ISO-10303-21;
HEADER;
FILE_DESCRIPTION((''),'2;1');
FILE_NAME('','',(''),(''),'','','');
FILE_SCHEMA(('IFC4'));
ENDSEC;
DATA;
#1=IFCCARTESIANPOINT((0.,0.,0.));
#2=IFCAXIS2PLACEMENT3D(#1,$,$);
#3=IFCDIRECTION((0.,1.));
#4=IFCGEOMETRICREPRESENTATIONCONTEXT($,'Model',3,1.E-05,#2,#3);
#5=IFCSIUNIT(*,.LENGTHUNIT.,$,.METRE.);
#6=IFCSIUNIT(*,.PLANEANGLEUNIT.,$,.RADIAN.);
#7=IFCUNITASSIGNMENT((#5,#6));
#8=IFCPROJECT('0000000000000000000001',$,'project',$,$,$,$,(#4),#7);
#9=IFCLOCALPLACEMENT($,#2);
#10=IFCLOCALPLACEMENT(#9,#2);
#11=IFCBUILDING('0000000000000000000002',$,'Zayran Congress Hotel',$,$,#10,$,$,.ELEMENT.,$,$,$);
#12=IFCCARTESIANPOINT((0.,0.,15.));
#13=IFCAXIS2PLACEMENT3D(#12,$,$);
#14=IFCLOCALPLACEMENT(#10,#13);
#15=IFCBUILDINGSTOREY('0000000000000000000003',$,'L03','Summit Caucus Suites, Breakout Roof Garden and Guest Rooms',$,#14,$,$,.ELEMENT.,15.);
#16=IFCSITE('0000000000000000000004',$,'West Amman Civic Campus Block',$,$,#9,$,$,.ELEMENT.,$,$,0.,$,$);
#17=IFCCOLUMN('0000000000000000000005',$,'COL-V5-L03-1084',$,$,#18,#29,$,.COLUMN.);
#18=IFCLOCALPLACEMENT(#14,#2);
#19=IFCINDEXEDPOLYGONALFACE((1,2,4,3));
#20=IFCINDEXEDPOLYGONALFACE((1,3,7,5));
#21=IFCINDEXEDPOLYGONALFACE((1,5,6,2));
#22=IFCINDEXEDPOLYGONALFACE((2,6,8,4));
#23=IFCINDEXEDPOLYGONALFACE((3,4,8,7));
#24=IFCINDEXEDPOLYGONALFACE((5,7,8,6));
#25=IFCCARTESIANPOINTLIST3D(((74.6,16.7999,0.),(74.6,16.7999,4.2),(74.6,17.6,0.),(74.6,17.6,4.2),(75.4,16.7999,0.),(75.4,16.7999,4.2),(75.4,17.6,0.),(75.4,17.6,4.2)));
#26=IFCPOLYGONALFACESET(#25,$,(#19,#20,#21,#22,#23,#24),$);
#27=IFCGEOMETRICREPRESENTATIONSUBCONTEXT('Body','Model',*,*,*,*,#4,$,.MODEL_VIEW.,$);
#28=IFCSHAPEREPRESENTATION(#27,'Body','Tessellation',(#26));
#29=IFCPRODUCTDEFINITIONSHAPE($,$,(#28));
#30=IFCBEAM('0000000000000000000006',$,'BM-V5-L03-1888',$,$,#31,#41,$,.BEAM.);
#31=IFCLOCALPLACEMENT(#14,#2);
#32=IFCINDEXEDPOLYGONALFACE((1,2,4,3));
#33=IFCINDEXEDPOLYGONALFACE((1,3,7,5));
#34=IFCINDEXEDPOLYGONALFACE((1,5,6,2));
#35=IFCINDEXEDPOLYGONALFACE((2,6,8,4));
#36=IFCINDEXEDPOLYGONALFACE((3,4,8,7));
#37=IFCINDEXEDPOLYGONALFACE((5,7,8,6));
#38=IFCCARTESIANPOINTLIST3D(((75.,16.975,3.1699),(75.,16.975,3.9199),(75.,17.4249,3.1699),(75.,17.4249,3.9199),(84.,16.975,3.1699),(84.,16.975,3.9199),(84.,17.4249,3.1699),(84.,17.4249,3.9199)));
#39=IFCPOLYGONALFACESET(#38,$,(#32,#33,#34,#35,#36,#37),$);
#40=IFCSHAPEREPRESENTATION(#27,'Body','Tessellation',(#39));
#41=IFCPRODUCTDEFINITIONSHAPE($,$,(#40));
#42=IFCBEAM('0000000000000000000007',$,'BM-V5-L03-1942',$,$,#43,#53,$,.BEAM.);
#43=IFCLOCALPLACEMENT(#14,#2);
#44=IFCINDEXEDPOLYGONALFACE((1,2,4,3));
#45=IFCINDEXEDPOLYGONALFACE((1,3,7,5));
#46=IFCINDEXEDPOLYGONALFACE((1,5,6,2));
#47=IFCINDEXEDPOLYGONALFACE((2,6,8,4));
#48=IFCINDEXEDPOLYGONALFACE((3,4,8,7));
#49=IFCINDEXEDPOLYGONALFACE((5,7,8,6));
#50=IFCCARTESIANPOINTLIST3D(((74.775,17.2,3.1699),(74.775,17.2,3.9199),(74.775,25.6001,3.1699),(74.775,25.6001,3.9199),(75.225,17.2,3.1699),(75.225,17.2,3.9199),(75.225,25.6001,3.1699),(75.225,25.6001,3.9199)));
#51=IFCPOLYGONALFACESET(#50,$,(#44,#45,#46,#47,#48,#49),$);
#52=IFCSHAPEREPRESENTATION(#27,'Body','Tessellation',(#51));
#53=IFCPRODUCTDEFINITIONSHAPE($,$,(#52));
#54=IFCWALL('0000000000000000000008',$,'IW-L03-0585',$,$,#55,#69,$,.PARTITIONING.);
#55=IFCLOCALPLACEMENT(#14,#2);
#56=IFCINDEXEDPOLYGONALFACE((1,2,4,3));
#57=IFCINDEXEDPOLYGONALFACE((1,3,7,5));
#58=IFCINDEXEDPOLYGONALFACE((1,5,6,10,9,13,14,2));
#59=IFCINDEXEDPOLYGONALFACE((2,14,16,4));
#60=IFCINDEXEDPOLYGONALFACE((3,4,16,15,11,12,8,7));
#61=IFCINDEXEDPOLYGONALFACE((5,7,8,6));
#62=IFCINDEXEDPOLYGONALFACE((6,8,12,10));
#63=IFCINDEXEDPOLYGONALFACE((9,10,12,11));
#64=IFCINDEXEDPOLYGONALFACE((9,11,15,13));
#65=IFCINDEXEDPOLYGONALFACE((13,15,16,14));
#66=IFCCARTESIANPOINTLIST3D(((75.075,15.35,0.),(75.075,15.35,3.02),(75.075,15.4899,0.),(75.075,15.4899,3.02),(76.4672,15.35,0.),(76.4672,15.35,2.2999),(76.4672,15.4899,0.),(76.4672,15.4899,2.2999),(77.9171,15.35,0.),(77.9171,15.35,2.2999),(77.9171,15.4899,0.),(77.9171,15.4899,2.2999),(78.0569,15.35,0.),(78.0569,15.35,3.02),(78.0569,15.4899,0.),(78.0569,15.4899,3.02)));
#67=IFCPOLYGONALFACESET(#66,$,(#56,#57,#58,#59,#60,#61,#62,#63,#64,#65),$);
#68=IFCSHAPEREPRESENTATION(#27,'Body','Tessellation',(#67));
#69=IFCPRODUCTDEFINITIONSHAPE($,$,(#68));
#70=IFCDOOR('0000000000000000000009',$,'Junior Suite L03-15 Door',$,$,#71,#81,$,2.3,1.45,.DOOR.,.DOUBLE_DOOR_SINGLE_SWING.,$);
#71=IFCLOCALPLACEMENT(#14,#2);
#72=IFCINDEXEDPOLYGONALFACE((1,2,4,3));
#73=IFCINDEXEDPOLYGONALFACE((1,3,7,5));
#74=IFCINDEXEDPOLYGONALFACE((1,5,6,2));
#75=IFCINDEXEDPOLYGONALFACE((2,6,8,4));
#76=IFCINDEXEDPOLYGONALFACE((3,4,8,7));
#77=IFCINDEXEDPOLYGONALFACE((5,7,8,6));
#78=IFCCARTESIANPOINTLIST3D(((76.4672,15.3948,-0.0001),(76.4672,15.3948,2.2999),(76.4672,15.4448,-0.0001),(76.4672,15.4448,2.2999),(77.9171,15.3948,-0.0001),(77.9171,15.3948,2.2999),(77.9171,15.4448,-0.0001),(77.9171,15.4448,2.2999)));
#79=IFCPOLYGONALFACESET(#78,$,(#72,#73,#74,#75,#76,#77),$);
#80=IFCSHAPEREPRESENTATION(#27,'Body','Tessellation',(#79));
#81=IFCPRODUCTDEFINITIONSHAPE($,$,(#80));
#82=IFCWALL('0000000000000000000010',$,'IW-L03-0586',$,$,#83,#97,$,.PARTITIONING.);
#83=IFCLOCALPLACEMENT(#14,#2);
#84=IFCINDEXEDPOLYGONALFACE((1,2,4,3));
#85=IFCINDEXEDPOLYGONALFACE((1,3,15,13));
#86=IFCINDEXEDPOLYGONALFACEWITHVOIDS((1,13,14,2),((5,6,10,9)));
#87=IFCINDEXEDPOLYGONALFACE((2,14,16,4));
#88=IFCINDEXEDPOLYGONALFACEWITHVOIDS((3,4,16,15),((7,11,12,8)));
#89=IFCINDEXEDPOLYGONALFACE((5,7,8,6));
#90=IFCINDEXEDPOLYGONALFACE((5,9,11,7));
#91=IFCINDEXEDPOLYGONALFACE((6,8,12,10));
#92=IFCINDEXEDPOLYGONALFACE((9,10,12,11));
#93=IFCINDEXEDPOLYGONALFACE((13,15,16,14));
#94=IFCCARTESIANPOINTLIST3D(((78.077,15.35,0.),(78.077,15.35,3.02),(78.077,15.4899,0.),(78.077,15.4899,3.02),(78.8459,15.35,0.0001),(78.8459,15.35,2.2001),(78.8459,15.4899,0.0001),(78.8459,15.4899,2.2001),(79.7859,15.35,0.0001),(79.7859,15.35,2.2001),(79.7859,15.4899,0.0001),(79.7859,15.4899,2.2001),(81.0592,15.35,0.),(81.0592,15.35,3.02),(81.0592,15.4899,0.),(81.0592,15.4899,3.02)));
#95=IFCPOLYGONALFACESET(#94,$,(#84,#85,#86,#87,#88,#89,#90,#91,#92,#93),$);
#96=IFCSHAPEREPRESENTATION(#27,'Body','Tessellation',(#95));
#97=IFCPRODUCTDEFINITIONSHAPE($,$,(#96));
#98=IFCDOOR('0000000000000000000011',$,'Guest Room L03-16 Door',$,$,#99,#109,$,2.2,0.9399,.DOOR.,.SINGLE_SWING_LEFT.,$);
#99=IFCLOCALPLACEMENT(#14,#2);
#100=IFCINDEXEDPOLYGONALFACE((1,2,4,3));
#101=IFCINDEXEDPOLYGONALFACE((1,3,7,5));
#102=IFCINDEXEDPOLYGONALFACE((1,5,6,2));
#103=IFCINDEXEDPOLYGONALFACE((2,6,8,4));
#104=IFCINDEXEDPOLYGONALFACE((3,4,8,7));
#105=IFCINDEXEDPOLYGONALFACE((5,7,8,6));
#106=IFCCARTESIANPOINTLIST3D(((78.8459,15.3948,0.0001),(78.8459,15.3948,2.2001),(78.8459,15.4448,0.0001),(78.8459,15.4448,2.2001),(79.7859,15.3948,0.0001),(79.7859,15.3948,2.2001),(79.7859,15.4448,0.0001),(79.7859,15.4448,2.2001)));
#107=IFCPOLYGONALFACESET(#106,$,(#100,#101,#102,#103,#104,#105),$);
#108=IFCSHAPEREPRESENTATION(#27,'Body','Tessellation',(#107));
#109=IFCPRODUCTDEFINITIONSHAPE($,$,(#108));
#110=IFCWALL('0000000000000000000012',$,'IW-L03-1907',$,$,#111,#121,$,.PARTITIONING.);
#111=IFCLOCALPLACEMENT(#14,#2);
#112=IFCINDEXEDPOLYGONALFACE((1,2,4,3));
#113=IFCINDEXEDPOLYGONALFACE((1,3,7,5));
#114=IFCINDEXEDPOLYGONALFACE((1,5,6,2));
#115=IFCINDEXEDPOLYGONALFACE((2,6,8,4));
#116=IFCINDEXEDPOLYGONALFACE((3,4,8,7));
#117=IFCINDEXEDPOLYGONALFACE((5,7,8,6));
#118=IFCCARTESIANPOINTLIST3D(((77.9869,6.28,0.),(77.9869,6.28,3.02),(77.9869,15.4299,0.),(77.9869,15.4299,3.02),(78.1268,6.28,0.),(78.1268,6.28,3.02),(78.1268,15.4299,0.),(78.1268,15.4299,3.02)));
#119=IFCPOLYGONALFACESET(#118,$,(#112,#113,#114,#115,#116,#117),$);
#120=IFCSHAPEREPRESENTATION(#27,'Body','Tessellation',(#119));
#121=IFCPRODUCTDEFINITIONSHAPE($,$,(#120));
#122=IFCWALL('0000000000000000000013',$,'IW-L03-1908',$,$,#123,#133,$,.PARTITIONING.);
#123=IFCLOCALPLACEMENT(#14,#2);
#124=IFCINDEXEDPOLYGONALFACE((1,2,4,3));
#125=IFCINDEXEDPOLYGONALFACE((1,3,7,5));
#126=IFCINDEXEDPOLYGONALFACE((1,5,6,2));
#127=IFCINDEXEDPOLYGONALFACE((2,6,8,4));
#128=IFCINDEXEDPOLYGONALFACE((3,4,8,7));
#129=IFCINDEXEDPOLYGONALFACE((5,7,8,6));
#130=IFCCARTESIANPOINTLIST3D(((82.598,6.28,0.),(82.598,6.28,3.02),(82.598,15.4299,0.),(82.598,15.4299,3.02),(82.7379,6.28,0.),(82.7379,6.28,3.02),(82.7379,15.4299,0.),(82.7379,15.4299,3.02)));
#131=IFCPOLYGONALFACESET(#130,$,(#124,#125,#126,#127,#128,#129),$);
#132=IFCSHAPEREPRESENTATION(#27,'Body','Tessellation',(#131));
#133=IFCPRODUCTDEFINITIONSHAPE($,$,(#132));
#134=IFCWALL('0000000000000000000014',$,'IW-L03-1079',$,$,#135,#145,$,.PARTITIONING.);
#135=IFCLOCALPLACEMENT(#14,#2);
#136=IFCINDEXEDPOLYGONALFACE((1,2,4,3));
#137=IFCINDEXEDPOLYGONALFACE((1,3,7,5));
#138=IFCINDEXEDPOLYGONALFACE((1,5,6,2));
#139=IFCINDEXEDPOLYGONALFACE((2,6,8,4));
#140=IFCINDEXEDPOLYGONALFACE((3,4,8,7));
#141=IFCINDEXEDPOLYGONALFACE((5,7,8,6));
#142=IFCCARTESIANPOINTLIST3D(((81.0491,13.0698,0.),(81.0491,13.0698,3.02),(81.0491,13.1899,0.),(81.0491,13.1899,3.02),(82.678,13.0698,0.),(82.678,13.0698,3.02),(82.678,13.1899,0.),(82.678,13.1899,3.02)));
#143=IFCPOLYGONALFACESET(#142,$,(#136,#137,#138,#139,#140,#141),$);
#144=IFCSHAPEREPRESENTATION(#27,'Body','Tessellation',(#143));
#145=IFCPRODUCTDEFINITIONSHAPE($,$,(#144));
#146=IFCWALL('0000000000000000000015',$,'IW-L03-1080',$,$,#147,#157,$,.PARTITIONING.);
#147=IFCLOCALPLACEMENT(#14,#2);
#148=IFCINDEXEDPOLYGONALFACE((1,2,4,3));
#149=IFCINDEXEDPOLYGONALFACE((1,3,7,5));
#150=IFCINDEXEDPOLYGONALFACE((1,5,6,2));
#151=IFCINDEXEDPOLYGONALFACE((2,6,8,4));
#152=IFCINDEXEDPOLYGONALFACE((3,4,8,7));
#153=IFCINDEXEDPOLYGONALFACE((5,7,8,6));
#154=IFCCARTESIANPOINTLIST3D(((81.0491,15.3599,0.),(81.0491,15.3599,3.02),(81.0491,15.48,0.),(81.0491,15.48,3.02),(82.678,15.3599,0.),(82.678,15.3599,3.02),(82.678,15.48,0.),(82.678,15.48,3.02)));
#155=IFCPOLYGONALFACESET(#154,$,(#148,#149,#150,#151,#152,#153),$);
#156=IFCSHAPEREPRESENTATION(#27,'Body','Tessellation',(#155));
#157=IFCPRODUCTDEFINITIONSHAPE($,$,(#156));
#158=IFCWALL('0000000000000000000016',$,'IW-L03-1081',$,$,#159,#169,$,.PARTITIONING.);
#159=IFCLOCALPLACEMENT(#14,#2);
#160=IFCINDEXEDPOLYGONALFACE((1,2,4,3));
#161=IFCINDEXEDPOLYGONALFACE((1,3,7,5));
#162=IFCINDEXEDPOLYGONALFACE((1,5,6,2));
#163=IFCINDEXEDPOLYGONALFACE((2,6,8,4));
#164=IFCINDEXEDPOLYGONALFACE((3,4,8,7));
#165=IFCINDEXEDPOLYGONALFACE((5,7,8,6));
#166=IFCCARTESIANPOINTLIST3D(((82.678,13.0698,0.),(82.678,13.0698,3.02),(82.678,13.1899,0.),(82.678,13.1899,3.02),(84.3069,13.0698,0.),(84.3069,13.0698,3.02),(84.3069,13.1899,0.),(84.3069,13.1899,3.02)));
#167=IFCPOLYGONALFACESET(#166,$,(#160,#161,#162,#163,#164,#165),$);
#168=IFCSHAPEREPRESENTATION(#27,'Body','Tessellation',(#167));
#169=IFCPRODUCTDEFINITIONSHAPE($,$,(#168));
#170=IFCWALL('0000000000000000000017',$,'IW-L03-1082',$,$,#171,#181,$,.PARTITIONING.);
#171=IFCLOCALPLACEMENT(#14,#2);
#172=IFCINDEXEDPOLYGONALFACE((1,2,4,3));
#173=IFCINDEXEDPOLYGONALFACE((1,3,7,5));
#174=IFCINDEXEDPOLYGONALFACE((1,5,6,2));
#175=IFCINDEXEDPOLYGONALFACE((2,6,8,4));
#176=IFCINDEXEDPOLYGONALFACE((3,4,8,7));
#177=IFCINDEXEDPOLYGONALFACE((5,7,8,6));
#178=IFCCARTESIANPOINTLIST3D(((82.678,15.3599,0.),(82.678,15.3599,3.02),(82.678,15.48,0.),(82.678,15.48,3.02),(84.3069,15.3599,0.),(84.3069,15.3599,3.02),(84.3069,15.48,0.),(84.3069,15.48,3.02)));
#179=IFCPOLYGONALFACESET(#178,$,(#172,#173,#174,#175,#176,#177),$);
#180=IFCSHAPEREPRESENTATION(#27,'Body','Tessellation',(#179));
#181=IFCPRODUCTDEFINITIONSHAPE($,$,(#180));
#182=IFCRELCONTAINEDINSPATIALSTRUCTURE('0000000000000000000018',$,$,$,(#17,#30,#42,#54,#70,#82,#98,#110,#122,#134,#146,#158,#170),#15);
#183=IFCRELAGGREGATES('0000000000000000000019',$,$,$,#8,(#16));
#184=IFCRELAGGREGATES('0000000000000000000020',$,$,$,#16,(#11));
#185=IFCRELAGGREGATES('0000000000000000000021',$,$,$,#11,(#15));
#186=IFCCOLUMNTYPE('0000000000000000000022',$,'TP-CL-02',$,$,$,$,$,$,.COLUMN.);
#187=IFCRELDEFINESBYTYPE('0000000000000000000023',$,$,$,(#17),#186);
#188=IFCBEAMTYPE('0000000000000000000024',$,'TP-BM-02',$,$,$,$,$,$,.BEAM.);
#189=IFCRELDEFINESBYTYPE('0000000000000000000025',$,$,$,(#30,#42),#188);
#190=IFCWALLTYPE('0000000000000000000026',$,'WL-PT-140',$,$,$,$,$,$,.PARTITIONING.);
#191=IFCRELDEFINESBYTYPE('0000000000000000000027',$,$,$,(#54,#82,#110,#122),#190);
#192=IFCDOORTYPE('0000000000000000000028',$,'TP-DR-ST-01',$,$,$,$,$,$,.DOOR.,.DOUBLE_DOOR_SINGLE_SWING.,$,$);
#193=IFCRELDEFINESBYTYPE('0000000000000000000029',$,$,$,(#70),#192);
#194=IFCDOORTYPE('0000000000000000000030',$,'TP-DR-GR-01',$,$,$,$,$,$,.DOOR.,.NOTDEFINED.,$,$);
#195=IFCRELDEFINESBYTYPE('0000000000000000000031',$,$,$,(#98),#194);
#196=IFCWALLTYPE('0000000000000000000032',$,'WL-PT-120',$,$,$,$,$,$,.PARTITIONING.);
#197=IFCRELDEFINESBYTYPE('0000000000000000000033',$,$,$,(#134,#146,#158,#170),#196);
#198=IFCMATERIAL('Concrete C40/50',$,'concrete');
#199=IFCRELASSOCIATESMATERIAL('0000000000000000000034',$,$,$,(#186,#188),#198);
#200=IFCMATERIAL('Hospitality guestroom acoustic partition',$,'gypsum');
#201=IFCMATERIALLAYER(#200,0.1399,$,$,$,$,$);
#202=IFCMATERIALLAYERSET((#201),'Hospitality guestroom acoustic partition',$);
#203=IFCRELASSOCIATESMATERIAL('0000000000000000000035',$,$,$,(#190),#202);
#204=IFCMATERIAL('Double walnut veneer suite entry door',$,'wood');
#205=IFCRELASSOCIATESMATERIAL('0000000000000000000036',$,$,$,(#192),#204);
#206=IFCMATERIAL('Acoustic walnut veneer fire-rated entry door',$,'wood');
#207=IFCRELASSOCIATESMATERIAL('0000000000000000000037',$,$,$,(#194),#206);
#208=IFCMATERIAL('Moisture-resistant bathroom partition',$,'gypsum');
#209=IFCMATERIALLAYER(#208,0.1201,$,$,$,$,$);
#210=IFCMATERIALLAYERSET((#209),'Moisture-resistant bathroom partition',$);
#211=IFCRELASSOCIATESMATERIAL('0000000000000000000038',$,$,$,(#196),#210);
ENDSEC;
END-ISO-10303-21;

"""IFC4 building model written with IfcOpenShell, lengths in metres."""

from ifc_helpers import new_model, si_unit, direction, frame, frame_2d, origin, origin_2d, place, context, subcontext, project, spatial, rectangle, extrude, material, layer, layer_set, material_profile, profile_set, type_object, element, fill, save


model = new_model("IFC4")

# Units and contexts
model_context = context("Model", 3, precision=1e-05, world=origin(), true_north=direction((0.0, 1.0)))
body_context = subcontext(model_context, "Body", "Model", "MODEL_VIEW")
ifc_project = project(units=[si_unit("LENGTHUNIT", "METRE"), si_unit("PLANEANGLEUNIT", "RADIAN")], contexts=[model_context])

# Site, building, storey
site_placement = place(None, origin())
site = spatial("IfcSite", under=ifc_project, at=site_placement, Name="West Amman Civic Campus Block", CompositionType="ELEMENT", RefElevation=0.0)
building_placement = place(site_placement, origin())
building = spatial("IfcBuilding", under=site, at=building_placement, Name="Zayran Congress Hotel", CompositionType="ELEMENT")
storey_placement = place(building_placement, frame((0.0, 0.0, 15.0)))
storey = spatial("IfcBuildingStorey", under=building, at=storey_placement, Name="L03", Description="Summit Caucus Suites, Breakout Roof Garden and Guest Rooms", CompositionType="ELEMENT", Elevation=15.0)

# Column
ifc_material_1 = material(Name="Concrete C40/50", Category="concrete")
ifc_material_profile_1 = material_profile(ifc_material_1, rectangle(XDim=0.8, YDim=0.8, at=origin_2d()), Name="RC 800x800")
ifc_profile_set_1 = profile_set([ifc_material_profile_1], Name="Concrete C40/50")
column_type = type_object("IfcColumnType", Name="TP-CL-02", PredefinedType="COLUMN", material=ifc_profile_set_1)
column_placement = place(storey_placement, frame((75.0, 17.2, 0.0), z_axis=(0.0, 0.0, 1.0), x_axis=(1.0, 0.0, 0.0)))
element("IfcColumn", 1, at=column_placement, inside=storey, type_object=column_type, Name="COL-V5-L03-1084", PredefinedType="COLUMN", context=body_context, shape_type="SweptSolid", body=[
    extrude(rectangle(XDim=0.8, YDim=0.8, at=origin_2d()), origin(), (0.0, 0.0, 1.0), 4.2),
])

# Beams
ifc_material_profile_2 = material_profile(ifc_material_1, rectangle(XDim=0.45, YDim=0.75, at=origin_2d()), Name="RC 450x750")
ifc_profile_set_2 = profile_set([ifc_material_profile_2], Name="Concrete C40/50")
beam_type = type_object("IfcBeamType", Name="TP-BM-02", PredefinedType="BEAM", material=ifc_profile_set_2)
beam_1_placement = place(storey_placement, frame((75.0, 17.2, 3.5449), z_axis=(1.0, 0.0, 0.0), x_axis=(0.0, 1.0, 0.0)))
element("IfcBeam", 2, at=beam_1_placement, inside=storey, type_object=beam_type, Name="BM-V5-L03-1888", PredefinedType="BEAM", context=body_context, shape_type="SweptSolid", body=[
    extrude(rectangle(XDim=0.45, YDim=0.75, at=origin_2d()), origin(), (0.0, 0.0, 1.0), 9.0),
])
beam_2_placement = place(storey_placement, frame((75.0, 17.2, 3.5449), z_axis=(0.0, 1.0, 0.0), x_axis=(-1.0, 0.0, 0.0)))
element("IfcBeam", 3, at=beam_2_placement, inside=storey, type_object=beam_type, Name="BM-V5-L03-1942", PredefinedType="BEAM", context=body_context, shape_type="SweptSolid", body=[
    extrude(rectangle(XDim=0.45, YDim=0.75, at=origin_2d()), origin(), (0.0, 0.0, 1.0), 8.4001),
])

# Walls, openings, doors
ifc_material_2 = material(Name="Hospitality guestroom acoustic partition", Category="gypsum")
ifc_layer_1 = layer(ifc_material_2, 0.1399)
ifc_layer_set_1 = layer_set([ifc_layer_1], Name="Hospitality guestroom acoustic partition")
wall_type_1 = type_object("IfcWallType", Name="WL-PT-140", PredefinedType="PARTITIONING", material=ifc_layer_set_1)
wall_1_placement = place(storey_placement, frame((75.075, 15.4199, 0.0), z_axis=(0.0, 0.0, 1.0), x_axis=(1.0, 0.0, 0.0)))
wall_1 = element("IfcWall", 4, at=wall_1_placement, inside=storey, type_object=wall_type_1, Name="IW-L03-0585", PredefinedType="PARTITIONING", context=body_context, shape_type="SweptSolid", body=[
    extrude(rectangle(XDim=2.9819, YDim=0.1399, at=frame_2d((1.491, 0.0))), origin(), (0.0, 0.0, 1.0), 3.02),
])
opening_1_placement = place(wall_1_placement, frame((1.3921, 0.0, 0.0)))
opening_1 = element("IfcOpeningElement", 5, at=opening_1_placement, cuts=wall_1, PredefinedType="OPENING", context=body_context, shape_type="SweptSolid", body=[
    extrude(rectangle(XDim=1.45, YDim=2.3, at=frame_2d((0.7251, 1.1499))), frame((0.0, 0.0798, 0.0), z_axis=(0.0, -1.0, 0.0), x_axis=(1.0, 0.0, 0.0)), (0.0, 0.0, 1.0), 0.1599),
])
ifc_material_3 = material(Name="Double walnut veneer suite entry door", Category="wood")
door_type_1 = type_object("IfcDoorType", Name="TP-DR-ST-01", OperationType="DOUBLE_DOOR_SINGLE_SWING", PredefinedType="DOOR", material=ifc_material_3)
door_1_placement = place(opening_1_placement, origin())
door_1 = element("IfcDoor", 6, at=door_1_placement, inside=storey, type_object=door_type_1, Name="Junior Suite L03-15 Door", OperationType="DOUBLE_DOOR_SINGLE_SWING", OverallHeight=2.3, OverallWidth=1.45, PredefinedType="DOOR", context=body_context, shape_type="SweptSolid", body=[
    extrude(rectangle(XDim=1.45, YDim=2.3, at=frame_2d((0.7251, 1.1499))), frame((0.0, 0.0249, 0.0), z_axis=(0.0, -1.0, 0.0), x_axis=(1.0, 0.0, 0.0)), (0.0, 0.0, 1.0), 0.05),
])
fill(opening_1, door_1)
wall_2_placement = place(storey_placement, frame((78.0769, 15.4199, 0.0), z_axis=(0.0, 0.0, 1.0), x_axis=(1.0, 0.0, 0.0)))
wall_2 = element("IfcWall", 7, at=wall_2_placement, inside=storey, type_object=wall_type_1, Name="IW-L03-0586", PredefinedType="PARTITIONING", context=body_context, shape_type="SweptSolid", body=[
    extrude(rectangle(XDim=2.9822, YDim=0.1399, at=frame_2d((1.4912, 0.0))), origin(), (0.0, 0.0, 1.0), 3.02),
])
opening_2_placement = place(wall_2_placement, frame((0.769, 0.0, 0.0)))
opening_2 = element("IfcOpeningElement", 8, at=opening_2_placement, cuts=wall_2, PredefinedType="OPENING", context=body_context, shape_type="SweptSolid", body=[
    extrude(rectangle(XDim=0.9399, YDim=2.2, at=frame_2d((0.47, 1.1001))), frame((0.0, 0.0798, 0.0), z_axis=(0.0, -1.0, 0.0), x_axis=(1.0, 0.0, 0.0)), (0.0, 0.0, 1.0), 0.1599),
])
ifc_material_4 = material(Name="Acoustic walnut veneer fire-rated entry door", Category="wood")
door_type_2 = type_object("IfcDoorType", Name="TP-DR-GR-01", OperationType="NOTDEFINED", PredefinedType="DOOR", material=ifc_material_4)
door_2_placement = place(opening_2_placement, origin())
door_2 = element("IfcDoor", 9, at=door_2_placement, inside=storey, type_object=door_type_2, Name="Guest Room L03-16 Door", OperationType="SINGLE_SWING_LEFT", OverallHeight=2.2, OverallWidth=0.9399, PredefinedType="DOOR", context=body_context, shape_type="SweptSolid", body=[
    extrude(rectangle(XDim=0.9399, YDim=2.2, at=frame_2d((0.47, 1.1001))), frame((0.0, 0.0249, 0.0), z_axis=(0.0, -1.0, 0.0), x_axis=(1.0, 0.0, 0.0)), (0.0, 0.0, 1.0), 0.05),
])
fill(opening_2, door_2)

# Walls
for number, where, z_axis, x_axis, name in (
    (10, (78.0569, 6.28, 0.0), (0.0, 0.0, 1.0), (0.0, 1.0, 0.0), "IW-L03-1907"),
    (11, (82.668, 6.28, 0.0), (0.0, 0.0, 1.0), (0.0, 1.0, 0.0), "IW-L03-1908"),
):
    element("IfcWall", number, at=place(storey_placement, frame(where, z_axis=z_axis, x_axis=x_axis)), inside=storey, type_object=wall_type_1, Name=name, PredefinedType="PARTITIONING", context=body_context, shape_type="SweptSolid", body=[
        extrude(rectangle(XDim=9.1499, YDim=0.1399, at=frame_2d((4.575, 0.0))), origin(), (0.0, 0.0, 1.0), 3.02),
    ])

# Shared definitions
ifc_material_5 = material(Name="Moisture-resistant bathroom partition", Category="gypsum")
ifc_layer_2 = layer(ifc_material_5, 0.1201)
ifc_layer_set_2 = layer_set([ifc_layer_2], Name="Moisture-resistant bathroom partition")
wall_type_2 = type_object("IfcWallType", Name="WL-PT-120", PredefinedType="PARTITIONING", material=ifc_layer_set_2)

# Walls
for number, where, z_axis, x_axis, name in (
    (12, (81.0491, 13.1299, 0.0), (0.0, 0.0, 1.0), (1.0, 0.0, 0.0), "IW-L03-1079"),
    (13, (81.0491, 15.4199, 0.0), (0.0, 0.0, 1.0), (1.0, 0.0, 0.0), "IW-L03-1080"),
    (14, (82.678, 13.1299, 0.0), (0.0, 0.0, 1.0), (1.0, 0.0, 0.0), "IW-L03-1081"),
    (15, (82.678, 15.4199, 0.0), (0.0, 0.0, 1.0), (1.0, 0.0, 0.0), "IW-L03-1082"),
):
    element("IfcWall", number, at=place(storey_placement, frame(where, z_axis=z_axis, x_axis=x_axis)), inside=storey, type_object=wall_type_2, Name=name, PredefinedType="PARTITIONING", context=body_context, shape_type="SweptSolid", body=[
        extrude(rectangle(XDim=1.6289, YDim=0.1201, at=frame_2d((0.8145, 0.0))), origin(), (0.0, 0.0, 1.0), 3.02),
    ])

save(model, "model.ifc")
